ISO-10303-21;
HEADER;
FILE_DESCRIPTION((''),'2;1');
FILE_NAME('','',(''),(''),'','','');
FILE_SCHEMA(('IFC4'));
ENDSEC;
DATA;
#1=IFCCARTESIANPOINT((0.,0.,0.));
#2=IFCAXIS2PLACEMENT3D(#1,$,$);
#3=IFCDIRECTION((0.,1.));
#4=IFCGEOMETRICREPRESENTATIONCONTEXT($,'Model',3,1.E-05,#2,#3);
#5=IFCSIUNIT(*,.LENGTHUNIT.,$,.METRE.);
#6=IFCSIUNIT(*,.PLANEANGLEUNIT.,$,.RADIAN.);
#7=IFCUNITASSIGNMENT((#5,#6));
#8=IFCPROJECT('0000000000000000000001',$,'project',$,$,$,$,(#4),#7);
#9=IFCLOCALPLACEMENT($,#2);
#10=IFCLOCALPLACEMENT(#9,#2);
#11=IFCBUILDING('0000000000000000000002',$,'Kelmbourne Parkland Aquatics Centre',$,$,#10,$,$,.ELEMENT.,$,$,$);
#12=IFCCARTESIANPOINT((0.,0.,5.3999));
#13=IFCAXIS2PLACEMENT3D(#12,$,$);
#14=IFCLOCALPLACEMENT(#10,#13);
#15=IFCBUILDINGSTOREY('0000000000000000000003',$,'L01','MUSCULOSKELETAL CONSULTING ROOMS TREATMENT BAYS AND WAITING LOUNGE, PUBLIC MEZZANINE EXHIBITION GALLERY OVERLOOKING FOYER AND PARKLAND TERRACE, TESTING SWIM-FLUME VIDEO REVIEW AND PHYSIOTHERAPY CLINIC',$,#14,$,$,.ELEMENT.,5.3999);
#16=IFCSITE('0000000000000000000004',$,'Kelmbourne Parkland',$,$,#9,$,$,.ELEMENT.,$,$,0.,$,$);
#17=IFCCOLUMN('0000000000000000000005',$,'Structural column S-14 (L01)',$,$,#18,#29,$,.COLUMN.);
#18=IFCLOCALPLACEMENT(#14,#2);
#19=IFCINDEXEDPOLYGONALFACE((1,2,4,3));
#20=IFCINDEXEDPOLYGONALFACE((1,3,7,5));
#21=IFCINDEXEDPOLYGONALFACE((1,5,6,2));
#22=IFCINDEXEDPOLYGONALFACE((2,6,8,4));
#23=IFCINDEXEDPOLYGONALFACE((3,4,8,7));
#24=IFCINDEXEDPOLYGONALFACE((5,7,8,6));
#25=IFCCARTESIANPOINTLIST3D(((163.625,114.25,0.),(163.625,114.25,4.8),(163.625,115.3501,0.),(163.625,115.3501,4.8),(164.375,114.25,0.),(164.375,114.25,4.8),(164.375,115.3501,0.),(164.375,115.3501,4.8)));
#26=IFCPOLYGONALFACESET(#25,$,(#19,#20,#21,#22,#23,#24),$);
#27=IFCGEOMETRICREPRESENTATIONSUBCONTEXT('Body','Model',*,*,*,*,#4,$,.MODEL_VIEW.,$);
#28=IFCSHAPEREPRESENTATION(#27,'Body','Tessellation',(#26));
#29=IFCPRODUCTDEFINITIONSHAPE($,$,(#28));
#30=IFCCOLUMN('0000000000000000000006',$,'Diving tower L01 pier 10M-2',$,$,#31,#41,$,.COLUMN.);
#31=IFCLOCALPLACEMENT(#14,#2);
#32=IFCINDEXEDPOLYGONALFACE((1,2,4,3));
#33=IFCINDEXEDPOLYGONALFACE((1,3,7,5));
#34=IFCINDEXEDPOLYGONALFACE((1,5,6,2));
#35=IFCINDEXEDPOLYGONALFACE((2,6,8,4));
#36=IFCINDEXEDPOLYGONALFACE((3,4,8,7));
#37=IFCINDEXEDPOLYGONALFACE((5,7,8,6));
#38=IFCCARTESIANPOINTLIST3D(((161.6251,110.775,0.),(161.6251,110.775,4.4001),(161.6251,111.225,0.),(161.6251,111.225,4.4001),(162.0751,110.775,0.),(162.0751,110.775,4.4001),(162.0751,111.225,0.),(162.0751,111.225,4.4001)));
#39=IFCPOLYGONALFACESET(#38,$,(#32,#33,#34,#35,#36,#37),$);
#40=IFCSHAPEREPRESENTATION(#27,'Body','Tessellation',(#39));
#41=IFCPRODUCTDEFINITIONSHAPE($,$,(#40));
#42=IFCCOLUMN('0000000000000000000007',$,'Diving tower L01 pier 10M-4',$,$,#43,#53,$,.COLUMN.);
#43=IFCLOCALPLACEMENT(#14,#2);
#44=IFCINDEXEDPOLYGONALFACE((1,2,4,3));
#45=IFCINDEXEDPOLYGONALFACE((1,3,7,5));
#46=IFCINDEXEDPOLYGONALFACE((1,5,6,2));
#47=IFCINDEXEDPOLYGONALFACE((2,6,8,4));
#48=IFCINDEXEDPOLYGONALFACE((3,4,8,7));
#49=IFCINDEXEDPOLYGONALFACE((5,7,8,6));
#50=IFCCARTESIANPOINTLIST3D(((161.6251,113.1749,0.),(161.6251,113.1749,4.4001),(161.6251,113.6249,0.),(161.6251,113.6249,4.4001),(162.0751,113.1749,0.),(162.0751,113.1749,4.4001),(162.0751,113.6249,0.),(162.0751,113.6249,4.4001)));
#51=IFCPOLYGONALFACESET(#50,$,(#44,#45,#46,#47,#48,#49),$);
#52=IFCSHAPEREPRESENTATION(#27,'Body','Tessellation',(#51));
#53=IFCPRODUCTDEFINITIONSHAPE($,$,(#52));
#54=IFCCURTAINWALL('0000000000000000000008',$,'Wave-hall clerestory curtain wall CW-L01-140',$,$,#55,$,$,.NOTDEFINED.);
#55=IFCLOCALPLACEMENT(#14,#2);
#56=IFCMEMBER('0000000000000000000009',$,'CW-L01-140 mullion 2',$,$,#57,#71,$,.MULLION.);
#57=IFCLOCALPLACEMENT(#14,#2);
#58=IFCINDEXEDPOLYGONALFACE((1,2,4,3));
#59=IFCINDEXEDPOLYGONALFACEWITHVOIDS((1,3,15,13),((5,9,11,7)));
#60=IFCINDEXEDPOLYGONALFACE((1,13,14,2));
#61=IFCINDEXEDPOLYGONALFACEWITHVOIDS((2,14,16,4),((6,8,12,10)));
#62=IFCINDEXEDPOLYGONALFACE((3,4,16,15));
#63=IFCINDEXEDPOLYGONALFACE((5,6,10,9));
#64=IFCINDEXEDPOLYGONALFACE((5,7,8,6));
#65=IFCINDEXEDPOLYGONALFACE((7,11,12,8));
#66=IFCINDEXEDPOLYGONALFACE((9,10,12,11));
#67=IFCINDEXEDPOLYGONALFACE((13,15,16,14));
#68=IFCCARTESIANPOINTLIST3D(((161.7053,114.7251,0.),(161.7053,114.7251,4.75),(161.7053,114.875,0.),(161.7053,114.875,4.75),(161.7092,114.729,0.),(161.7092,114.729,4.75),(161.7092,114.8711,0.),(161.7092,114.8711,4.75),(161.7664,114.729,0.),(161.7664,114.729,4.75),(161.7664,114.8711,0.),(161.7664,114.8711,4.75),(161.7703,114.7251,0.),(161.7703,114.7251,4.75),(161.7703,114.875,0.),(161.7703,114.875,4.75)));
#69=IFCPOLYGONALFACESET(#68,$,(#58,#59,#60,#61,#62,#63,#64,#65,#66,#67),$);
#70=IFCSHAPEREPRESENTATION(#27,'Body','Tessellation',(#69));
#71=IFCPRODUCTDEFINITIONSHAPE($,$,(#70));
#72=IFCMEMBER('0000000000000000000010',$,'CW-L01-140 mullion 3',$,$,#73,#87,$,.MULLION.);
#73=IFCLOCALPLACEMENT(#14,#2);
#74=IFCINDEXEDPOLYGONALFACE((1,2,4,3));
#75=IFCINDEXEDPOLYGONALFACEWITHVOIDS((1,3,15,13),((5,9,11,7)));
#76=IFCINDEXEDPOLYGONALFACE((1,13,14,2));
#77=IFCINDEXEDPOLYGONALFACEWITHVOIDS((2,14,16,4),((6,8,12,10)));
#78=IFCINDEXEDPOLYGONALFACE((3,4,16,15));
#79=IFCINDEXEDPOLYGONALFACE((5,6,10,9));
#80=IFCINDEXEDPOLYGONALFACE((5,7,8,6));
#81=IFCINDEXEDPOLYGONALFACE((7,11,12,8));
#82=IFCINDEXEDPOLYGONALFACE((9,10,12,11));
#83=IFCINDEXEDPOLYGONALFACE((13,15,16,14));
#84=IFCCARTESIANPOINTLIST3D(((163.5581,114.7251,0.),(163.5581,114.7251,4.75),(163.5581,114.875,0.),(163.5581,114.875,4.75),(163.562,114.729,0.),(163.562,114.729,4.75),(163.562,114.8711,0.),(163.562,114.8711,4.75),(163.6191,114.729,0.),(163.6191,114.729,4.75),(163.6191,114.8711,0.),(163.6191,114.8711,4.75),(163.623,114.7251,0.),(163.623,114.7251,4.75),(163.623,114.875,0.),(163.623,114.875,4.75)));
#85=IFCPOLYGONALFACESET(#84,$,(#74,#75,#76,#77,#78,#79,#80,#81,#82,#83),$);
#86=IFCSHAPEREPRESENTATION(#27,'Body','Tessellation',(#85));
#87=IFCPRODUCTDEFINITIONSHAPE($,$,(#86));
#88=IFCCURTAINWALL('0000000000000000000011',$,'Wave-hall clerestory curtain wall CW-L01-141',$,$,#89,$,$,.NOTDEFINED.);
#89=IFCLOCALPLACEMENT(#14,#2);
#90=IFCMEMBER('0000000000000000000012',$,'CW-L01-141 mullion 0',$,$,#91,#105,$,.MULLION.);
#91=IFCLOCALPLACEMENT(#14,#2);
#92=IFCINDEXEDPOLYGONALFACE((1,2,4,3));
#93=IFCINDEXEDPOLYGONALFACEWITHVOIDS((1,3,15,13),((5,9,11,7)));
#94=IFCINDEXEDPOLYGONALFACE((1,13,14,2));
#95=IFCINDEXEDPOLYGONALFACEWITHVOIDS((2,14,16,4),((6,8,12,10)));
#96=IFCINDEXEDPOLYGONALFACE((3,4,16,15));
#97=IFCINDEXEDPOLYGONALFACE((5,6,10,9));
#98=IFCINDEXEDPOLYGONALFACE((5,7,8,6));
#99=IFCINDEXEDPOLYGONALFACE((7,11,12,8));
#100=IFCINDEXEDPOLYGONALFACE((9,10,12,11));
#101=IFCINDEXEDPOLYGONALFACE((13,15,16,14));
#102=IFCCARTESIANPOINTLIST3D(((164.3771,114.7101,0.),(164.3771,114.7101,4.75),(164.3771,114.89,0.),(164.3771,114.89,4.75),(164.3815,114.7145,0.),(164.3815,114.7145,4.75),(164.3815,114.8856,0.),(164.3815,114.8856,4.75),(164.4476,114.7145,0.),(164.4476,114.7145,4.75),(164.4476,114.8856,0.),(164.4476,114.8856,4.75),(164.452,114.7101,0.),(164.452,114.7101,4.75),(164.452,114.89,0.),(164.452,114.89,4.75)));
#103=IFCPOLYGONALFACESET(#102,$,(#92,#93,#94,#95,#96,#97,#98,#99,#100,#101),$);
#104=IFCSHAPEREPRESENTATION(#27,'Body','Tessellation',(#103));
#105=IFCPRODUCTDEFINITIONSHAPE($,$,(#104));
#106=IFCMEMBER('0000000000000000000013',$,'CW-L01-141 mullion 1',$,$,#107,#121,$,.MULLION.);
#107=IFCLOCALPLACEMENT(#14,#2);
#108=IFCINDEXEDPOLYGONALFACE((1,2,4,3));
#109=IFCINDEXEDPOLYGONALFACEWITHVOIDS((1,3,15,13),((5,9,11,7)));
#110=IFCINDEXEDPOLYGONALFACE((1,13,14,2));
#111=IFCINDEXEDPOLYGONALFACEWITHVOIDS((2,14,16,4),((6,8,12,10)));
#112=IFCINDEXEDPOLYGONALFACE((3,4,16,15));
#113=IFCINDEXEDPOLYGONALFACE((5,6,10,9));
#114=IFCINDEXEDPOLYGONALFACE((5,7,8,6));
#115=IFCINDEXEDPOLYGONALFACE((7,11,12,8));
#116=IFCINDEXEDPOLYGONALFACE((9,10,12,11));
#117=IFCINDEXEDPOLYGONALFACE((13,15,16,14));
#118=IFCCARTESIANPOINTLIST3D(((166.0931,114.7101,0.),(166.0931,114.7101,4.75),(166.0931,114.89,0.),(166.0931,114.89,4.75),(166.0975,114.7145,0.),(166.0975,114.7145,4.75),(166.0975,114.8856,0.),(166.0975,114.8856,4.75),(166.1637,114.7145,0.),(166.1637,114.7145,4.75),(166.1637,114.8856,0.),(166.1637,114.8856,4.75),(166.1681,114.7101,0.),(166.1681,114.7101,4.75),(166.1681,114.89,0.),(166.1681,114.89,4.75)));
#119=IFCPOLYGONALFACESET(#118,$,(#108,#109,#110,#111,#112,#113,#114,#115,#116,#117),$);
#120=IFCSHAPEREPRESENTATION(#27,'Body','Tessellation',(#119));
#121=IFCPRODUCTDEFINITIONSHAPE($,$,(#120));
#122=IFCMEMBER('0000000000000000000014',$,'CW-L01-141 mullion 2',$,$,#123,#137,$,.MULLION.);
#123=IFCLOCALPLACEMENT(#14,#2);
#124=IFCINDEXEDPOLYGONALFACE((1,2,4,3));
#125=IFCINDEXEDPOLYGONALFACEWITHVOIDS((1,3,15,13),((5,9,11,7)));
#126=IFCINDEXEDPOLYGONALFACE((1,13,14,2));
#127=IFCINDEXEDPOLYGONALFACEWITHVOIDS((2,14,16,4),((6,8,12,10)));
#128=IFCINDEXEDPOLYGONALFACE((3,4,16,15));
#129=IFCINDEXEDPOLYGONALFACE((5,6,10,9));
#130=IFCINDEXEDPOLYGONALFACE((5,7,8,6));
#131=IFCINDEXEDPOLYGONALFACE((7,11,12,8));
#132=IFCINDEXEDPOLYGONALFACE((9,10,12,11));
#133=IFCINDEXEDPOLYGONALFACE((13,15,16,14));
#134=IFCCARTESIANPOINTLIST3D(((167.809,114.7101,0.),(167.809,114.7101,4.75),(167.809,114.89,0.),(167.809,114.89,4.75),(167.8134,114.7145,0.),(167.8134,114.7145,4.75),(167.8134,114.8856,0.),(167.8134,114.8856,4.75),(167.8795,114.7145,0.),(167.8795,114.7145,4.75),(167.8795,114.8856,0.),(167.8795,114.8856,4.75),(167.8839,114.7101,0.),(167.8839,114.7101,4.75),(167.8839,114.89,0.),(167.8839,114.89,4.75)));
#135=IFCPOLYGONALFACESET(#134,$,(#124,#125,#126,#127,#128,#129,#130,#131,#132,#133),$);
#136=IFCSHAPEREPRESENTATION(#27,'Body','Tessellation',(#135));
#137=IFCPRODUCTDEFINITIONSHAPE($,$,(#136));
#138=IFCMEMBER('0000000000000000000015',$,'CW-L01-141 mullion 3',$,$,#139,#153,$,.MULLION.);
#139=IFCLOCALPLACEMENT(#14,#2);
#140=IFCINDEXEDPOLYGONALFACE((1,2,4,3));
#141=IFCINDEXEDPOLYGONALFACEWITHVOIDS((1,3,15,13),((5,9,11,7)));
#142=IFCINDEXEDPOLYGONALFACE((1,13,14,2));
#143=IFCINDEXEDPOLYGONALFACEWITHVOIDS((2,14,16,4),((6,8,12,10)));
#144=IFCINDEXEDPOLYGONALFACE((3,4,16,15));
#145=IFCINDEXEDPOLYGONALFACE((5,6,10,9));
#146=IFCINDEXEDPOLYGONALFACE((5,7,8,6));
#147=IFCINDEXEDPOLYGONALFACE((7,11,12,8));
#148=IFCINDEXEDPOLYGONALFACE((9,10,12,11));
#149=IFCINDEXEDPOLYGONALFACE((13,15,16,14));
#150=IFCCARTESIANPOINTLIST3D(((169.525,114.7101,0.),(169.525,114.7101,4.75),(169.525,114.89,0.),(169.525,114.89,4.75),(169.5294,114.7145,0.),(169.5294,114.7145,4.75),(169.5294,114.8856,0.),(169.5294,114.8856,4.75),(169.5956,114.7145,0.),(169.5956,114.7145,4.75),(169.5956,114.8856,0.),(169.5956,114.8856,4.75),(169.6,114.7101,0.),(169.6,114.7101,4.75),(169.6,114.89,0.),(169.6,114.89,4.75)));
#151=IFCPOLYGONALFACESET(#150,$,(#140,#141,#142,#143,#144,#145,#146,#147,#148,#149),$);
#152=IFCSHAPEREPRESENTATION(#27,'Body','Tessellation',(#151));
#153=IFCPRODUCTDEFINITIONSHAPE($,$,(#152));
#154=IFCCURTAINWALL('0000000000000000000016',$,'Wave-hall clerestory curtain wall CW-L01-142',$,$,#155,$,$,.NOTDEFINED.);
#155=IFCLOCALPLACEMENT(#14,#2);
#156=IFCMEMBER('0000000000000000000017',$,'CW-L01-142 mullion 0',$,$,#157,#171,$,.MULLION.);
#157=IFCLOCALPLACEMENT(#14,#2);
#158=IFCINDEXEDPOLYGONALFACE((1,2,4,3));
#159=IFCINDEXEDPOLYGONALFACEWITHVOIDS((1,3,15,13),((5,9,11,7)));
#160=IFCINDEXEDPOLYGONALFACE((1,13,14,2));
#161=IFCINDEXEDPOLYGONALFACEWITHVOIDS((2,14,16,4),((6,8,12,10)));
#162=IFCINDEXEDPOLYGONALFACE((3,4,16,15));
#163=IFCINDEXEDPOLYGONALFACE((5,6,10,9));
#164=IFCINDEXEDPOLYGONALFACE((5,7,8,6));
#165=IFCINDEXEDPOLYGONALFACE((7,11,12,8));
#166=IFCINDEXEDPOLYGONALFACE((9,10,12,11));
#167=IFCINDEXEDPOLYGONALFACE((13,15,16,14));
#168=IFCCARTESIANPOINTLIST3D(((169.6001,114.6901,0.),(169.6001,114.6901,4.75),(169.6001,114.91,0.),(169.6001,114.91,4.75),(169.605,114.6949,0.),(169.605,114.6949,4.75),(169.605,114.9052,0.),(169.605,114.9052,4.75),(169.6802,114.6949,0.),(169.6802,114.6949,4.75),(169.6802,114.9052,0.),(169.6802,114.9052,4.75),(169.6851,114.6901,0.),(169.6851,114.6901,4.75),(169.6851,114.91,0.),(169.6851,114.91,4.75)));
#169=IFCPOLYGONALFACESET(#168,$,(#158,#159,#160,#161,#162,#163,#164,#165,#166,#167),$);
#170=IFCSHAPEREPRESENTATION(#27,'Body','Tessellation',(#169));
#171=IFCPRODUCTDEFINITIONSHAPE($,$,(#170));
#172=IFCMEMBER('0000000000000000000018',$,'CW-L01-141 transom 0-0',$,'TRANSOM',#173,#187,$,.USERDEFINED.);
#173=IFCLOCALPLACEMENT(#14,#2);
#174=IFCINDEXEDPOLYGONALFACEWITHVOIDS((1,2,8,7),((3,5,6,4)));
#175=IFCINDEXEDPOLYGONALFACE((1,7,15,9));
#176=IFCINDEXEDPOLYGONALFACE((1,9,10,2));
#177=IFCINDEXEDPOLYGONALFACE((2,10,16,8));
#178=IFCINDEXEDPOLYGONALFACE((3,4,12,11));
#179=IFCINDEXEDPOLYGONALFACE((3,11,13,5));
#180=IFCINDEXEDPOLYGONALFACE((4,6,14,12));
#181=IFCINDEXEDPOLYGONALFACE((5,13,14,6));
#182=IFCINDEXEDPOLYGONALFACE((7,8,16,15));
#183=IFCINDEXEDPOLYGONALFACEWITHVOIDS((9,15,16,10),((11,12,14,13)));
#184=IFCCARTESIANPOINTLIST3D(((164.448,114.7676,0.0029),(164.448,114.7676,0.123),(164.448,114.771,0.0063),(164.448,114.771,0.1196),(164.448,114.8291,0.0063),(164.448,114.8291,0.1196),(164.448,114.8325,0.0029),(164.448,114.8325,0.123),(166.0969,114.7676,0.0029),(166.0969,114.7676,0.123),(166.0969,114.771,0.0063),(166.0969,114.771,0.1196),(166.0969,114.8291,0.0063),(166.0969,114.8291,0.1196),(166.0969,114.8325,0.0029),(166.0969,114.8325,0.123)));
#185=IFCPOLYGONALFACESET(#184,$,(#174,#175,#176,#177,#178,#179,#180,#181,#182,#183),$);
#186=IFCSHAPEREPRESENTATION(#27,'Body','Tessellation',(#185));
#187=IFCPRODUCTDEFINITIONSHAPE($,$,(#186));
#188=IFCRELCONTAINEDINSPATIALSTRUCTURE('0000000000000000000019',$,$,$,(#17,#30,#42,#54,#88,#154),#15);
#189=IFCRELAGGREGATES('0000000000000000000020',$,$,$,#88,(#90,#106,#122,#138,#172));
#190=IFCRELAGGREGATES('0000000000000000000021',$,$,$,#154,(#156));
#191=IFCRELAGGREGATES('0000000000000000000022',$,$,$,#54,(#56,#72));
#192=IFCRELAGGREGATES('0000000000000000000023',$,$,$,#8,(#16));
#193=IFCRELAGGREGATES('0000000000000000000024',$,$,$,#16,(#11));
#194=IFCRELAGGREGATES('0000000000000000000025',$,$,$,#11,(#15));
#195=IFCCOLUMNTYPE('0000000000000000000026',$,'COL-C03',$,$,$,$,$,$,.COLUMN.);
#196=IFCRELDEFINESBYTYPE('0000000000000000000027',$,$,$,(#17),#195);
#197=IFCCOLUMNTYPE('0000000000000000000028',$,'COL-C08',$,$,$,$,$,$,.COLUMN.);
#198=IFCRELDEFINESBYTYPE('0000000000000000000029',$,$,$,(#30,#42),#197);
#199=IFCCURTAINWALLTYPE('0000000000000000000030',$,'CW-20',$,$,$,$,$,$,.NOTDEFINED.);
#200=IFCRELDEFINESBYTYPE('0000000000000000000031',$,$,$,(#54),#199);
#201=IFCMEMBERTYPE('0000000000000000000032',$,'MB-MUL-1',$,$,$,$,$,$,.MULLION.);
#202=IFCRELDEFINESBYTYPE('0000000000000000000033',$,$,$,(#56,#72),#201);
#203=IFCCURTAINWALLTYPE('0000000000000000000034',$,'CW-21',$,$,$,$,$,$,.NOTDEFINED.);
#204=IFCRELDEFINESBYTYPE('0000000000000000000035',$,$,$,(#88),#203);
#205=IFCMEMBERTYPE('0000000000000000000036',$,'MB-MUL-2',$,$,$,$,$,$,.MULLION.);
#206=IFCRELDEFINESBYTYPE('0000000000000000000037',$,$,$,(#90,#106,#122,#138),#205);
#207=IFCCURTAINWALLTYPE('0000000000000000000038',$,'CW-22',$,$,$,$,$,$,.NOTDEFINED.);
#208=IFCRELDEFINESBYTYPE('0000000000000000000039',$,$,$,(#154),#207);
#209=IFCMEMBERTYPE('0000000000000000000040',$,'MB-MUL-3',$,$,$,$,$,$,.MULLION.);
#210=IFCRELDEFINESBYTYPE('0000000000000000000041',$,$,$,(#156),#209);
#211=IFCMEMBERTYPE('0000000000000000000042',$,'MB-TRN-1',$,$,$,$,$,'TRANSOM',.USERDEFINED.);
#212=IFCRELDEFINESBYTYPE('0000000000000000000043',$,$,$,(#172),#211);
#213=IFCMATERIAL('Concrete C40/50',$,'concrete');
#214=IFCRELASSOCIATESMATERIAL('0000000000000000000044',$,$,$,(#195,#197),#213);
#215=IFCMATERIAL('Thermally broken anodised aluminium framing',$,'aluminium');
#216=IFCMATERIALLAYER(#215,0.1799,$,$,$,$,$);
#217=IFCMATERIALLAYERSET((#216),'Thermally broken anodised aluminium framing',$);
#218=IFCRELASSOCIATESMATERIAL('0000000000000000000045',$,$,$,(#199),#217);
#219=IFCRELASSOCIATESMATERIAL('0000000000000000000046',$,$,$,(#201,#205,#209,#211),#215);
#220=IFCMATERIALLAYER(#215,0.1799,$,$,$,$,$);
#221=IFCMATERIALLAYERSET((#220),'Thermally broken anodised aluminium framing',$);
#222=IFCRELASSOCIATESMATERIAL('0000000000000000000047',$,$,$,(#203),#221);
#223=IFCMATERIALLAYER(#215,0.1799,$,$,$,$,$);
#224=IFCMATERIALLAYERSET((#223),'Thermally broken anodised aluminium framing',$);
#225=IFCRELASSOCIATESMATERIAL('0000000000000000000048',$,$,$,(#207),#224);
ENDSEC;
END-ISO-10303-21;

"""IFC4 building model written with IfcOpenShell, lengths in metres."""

from ifc_helpers import new_model, si_unit, direction, frame, origin, origin_2d, place, context, subcontext, project, spatial, rectangle, hollow_rectangle, extrude, material, layer, layer_set, material_profile, profile_set, type_object, element, aggregate, save


model = new_model("IFC4")

# Units and contexts
model_context = context("Model", 3, precision=1e-05, world=origin(), true_north=direction((0.0, 1.0)))
body_context = subcontext(model_context, "Body", "Model", "MODEL_VIEW")
ifc_project = project(units=[si_unit("LENGTHUNIT", "METRE"), si_unit("PLANEANGLEUNIT", "RADIAN")], contexts=[model_context])

# Site, building, storey
site_placement = place(None, origin())
site = spatial("IfcSite", under=ifc_project, at=site_placement, Name="Kelmbourne Parkland", CompositionType="ELEMENT", RefElevation=0.0)
building_placement = place(site_placement, origin())
building = spatial("IfcBuilding", under=site, at=building_placement, Name="Kelmbourne Parkland Aquatics Centre", CompositionType="ELEMENT")
storey_placement = place(building_placement, frame((0.0, 0.0, 5.3999)))
storey = spatial("IfcBuildingStorey", under=building, at=storey_placement, Name="L01", Description="MUSCULOSKELETAL CONSULTING ROOMS TREATMENT BAYS AND WAITING LOUNGE, PUBLIC MEZZANINE EXHIBITION GALLERY OVERLOOKING FOYER AND PARKLAND TERRACE, TESTING SWIM-FLUME VIDEO REVIEW AND PHYSIOTHERAPY CLINIC", CompositionType="ELEMENT", Elevation=5.3999)

# Columns
ifc_material_1 = material(Name="Concrete C40/50", Category="concrete")
ifc_material_profile_1 = material_profile(ifc_material_1, rectangle(XDim=0.75, YDim=1.1001, at=origin_2d()), Name="RC 750x1100")
ifc_profile_set_1 = profile_set([ifc_material_profile_1], Name="Concrete C40/50")
column_type_1 = type_object("IfcColumnType", Name="COL-C03", PredefinedType="COLUMN", material=ifc_profile_set_1)
column_placement = place(storey_placement, frame((164.0, 114.8, 0.0), z_axis=(0.0, 0.0, 1.0), x_axis=(1.0, 0.0, 0.0)))
element("IfcColumn", 1, at=column_placement, inside=storey, type_object=column_type_1, Name="Structural column S-14 (L01)", PredefinedType="COLUMN", context=body_context, shape_type="SweptSolid", body=[
    extrude(rectangle(XDim=0.75, YDim=1.1001, at=origin_2d()), origin(), (0.0, 0.0, 1.0), 4.8),
])
ifc_material_profile_2 = material_profile(ifc_material_1, rectangle(XDim=0.45, YDim=0.45, at=origin_2d()), Name="RC 450x450")
ifc_profile_set_2 = profile_set([ifc_material_profile_2], Name="Concrete C40/50")
column_type_2 = type_object("IfcColumnType", Name="COL-C08", PredefinedType="COLUMN", material=ifc_profile_set_2)
for number, where, z_axis, x_axis, name in (
    (2, (161.8501, 111.0, 0.0), (0.0, 0.0, 1.0), (1.0, 0.0, 0.0), "Diving tower L01 pier 10M-2"),
    (3, (161.8501, 113.3999, 0.0), (0.0, 0.0, 1.0), (1.0, 0.0, 0.0), "Diving tower L01 pier 10M-4"),
):
    element("IfcColumn", number, at=place(storey_placement, frame(where, z_axis=z_axis, x_axis=x_axis)), inside=storey, type_object=column_type_2, Name=name, PredefinedType="COLUMN", context=body_context, shape_type="SweptSolid", body=[
        extrude(rectangle(XDim=0.45, YDim=0.45, at=origin_2d()), origin(), (0.0, 0.0, 1.0), 4.4001),
    ])

# Curtain walls, members
ifc_material_2 = material(Name="Thermally broken anodised aluminium framing", Category="aluminium")
ifc_layer_1 = layer(ifc_material_2, 0.1799)
ifc_layer_set_1 = layer_set([ifc_layer_1], Name="Thermally broken anodised aluminium framing")
curtain_wall_type_1 = type_object("IfcCurtainWallType", Name="CW-20", PredefinedType="NOTDEFINED", material=ifc_layer_set_1)
curtain_wall_1_placement = place(storey_placement, origin())
curtain_wall_1 = element("IfcCurtainWall", 4, at=curtain_wall_1_placement, inside=storey, type_object=curtain_wall_type_1, Name="Wave-hall clerestory curtain wall CW-L01-140", PredefinedType="NOTDEFINED")
ifc_material_profile_3 = material_profile(ifc_material_2, hollow_rectangle(XDim=0.0649, YDim=0.1499, WallThickness=0.0039, at=origin_2d()), Name="CW-M 65x150")
ifc_profile_set_3 = profile_set([ifc_material_profile_3], Name="Thermally broken anodised aluminium framing")
member_type_1 = type_object("IfcMemberType", Name="MB-MUL-1", PredefinedType="MULLION", material=ifc_profile_set_3)
member_1_placement = place(storey_placement, frame((161.7378, 114.8, 0.0), z_axis=(0.0, 0.0, 1.0), x_axis=(1.0, 0.0, 0.0)))
member_1 = element("IfcMember", 5, at=member_1_placement, type_object=member_type_1, Name="CW-L01-140 mullion 2", PredefinedType="MULLION", context=body_context, shape_type="SweptSolid", body=[
    extrude(hollow_rectangle(XDim=0.0649, YDim=0.1499, WallThickness=0.0039, at=origin_2d()), origin(), (0.0, 0.0, 1.0), 4.75),
])
member_2_placement = place(storey_placement, frame((163.5906, 114.8, 0.0), z_axis=(0.0, 0.0, 1.0), x_axis=(1.0, 0.0, 0.0)))
member_2 = element("IfcMember", 6, at=member_2_placement, type_object=member_type_1, Name="CW-L01-140 mullion 3", PredefinedType="MULLION", context=body_context, shape_type="SweptSolid", body=[
    extrude(hollow_rectangle(XDim=0.0649, YDim=0.1499, WallThickness=0.0039, at=origin_2d()), origin(), (0.0, 0.0, 1.0), 4.75),
])
ifc_layer_2 = layer(ifc_material_2, 0.1799)
ifc_layer_set_2 = layer_set([ifc_layer_2], Name="Thermally broken anodised aluminium framing")
curtain_wall_type_2 = type_object("IfcCurtainWallType", Name="CW-21", PredefinedType="NOTDEFINED", material=ifc_layer_set_2)
curtain_wall_2_placement = place(storey_placement, origin())
curtain_wall_2 = element("IfcCurtainWall", 7, at=curtain_wall_2_placement, inside=storey, type_object=curtain_wall_type_2, Name="Wave-hall clerestory curtain wall CW-L01-141", PredefinedType="NOTDEFINED")
ifc_material_profile_4 = material_profile(ifc_material_2, hollow_rectangle(XDim=0.075, YDim=0.1799, WallThickness=0.0044, at=origin_2d()), Name="CW-M 75x180")
ifc_profile_set_4 = profile_set([ifc_material_profile_4], Name="Thermally broken anodised aluminium framing")
member_type_2 = type_object("IfcMemberType", Name="MB-MUL-2", PredefinedType="MULLION", material=ifc_profile_set_4)
member_3_placement = place(storey_placement, frame((164.4146, 114.8, 0.0), z_axis=(0.0, 0.0, 1.0), x_axis=(1.0, 0.0, 0.0)))
member_3 = element("IfcMember", 8, at=member_3_placement, type_object=member_type_2, Name="CW-L01-141 mullion 0", PredefinedType="MULLION", context=body_context, shape_type="SweptSolid", body=[
    extrude(hollow_rectangle(XDim=0.075, YDim=0.1799, WallThickness=0.0044, at=origin_2d()), origin(), (0.0, 0.0, 1.0), 4.75),
])
member_4_placement = place(storey_placement, frame((166.1306, 114.8, 0.0), z_axis=(0.0, 0.0, 1.0), x_axis=(1.0, 0.0, 0.0)))
member_4 = element("IfcMember", 9, at=member_4_placement, type_object=member_type_2, Name="CW-L01-141 mullion 1", PredefinedType="MULLION", context=body_context, shape_type="SweptSolid", body=[
    extrude(hollow_rectangle(XDim=0.075, YDim=0.1799, WallThickness=0.0044, at=origin_2d()), origin(), (0.0, 0.0, 1.0), 4.75),
])
member_5_placement = place(storey_placement, frame((167.8464, 114.8, 0.0), z_axis=(0.0, 0.0, 1.0), x_axis=(1.0, 0.0, 0.0)))
member_5 = element("IfcMember", 10, at=member_5_placement, type_object=member_type_2, Name="CW-L01-141 mullion 2", PredefinedType="MULLION", context=body_context, shape_type="SweptSolid", body=[
    extrude(hollow_rectangle(XDim=0.075, YDim=0.1799, WallThickness=0.0044, at=origin_2d()), origin(), (0.0, 0.0, 1.0), 4.75),
])
member_6_placement = place(storey_placement, frame((169.5625, 114.8, 0.0), z_axis=(0.0, 0.0, 1.0), x_axis=(1.0, 0.0, 0.0)))
member_6 = element("IfcMember", 11, at=member_6_placement, type_object=member_type_2, Name="CW-L01-141 mullion 3", PredefinedType="MULLION", context=body_context, shape_type="SweptSolid", body=[
    extrude(hollow_rectangle(XDim=0.075, YDim=0.1799, WallThickness=0.0044, at=origin_2d()), origin(), (0.0, 0.0, 1.0), 4.75),
])

# Curtain wall, member
ifc_layer_3 = layer(ifc_material_2, 0.1799)
ifc_layer_set_3 = layer_set([ifc_layer_3], Name="Thermally broken anodised aluminium framing")
curtain_wall_type_3 = type_object("IfcCurtainWallType", Name="CW-22", PredefinedType="NOTDEFINED", material=ifc_layer_set_3)
curtain_wall_3_placement = place(storey_placement, origin())
curtain_wall_3 = element("IfcCurtainWall", 12, at=curtain_wall_3_placement, inside=storey, type_object=curtain_wall_type_3, Name="Wave-hall clerestory curtain wall CW-L01-142", PredefinedType="NOTDEFINED")
ifc_material_profile_5 = material_profile(ifc_material_2, hollow_rectangle(XDim=0.085, YDim=0.22, WallThickness=0.0049, at=origin_2d()), Name="CW-M 85x220")
ifc_profile_set_5 = profile_set([ifc_material_profile_5], Name="Thermally broken anodised aluminium framing")
member_type_3 = type_object("IfcMemberType", Name="MB-MUL-3", PredefinedType="MULLION", material=ifc_profile_set_5)
member_7_placement = place(storey_placement, frame((169.6426, 114.8, 0.0), z_axis=(0.0, 0.0, 1.0), x_axis=(1.0, 0.0, 0.0)))
member_7 = element("IfcMember", 13, at=member_7_placement, type_object=member_type_3, Name="CW-L01-142 mullion 0", PredefinedType="MULLION", context=body_context, shape_type="SweptSolid", body=[
    extrude(hollow_rectangle(XDim=0.085, YDim=0.22, WallThickness=0.0049, at=origin_2d()), origin(), (0.0, 0.0, 1.0), 4.75),
])

# Member
ifc_material_profile_6 = material_profile(ifc_material_2, hollow_rectangle(XDim=0.0649, YDim=0.1201, WallThickness=0.0034, at=origin_2d()), Name="CW-T 65x120")
ifc_profile_set_6 = profile_set([ifc_material_profile_6], Name="Thermally broken anodised aluminium framing")
member_type_4 = type_object("IfcMemberType", Name="MB-TRN-1", ElementType="TRANSOM", PredefinedType="USERDEFINED", material=ifc_profile_set_6)
member_8_placement = place(storey_placement, frame((164.448, 114.8, 0.063), z_axis=(1.0, 0.0, 0.0), x_axis=(0.0, 1.0, 0.0)))
member_8 = element("IfcMember", 14, at=member_8_placement, type_object=member_type_4, Name="CW-L01-141 transom 0-0", ObjectType="TRANSOM", PredefinedType="USERDEFINED", context=body_context, shape_type="SweptSolid", body=[
    extrude(hollow_rectangle(XDim=0.0649, YDim=0.1201, WallThickness=0.0034, at=origin_2d()), origin(), (0.0, 0.0, 1.0), 1.6489),
])

aggregate(curtain_wall_2, [member_3, member_4, member_5, member_6, member_8])
aggregate(curtain_wall_3, [member_7])
aggregate(curtain_wall_1, [member_1, member_2])

save(model, "model.ifc")
